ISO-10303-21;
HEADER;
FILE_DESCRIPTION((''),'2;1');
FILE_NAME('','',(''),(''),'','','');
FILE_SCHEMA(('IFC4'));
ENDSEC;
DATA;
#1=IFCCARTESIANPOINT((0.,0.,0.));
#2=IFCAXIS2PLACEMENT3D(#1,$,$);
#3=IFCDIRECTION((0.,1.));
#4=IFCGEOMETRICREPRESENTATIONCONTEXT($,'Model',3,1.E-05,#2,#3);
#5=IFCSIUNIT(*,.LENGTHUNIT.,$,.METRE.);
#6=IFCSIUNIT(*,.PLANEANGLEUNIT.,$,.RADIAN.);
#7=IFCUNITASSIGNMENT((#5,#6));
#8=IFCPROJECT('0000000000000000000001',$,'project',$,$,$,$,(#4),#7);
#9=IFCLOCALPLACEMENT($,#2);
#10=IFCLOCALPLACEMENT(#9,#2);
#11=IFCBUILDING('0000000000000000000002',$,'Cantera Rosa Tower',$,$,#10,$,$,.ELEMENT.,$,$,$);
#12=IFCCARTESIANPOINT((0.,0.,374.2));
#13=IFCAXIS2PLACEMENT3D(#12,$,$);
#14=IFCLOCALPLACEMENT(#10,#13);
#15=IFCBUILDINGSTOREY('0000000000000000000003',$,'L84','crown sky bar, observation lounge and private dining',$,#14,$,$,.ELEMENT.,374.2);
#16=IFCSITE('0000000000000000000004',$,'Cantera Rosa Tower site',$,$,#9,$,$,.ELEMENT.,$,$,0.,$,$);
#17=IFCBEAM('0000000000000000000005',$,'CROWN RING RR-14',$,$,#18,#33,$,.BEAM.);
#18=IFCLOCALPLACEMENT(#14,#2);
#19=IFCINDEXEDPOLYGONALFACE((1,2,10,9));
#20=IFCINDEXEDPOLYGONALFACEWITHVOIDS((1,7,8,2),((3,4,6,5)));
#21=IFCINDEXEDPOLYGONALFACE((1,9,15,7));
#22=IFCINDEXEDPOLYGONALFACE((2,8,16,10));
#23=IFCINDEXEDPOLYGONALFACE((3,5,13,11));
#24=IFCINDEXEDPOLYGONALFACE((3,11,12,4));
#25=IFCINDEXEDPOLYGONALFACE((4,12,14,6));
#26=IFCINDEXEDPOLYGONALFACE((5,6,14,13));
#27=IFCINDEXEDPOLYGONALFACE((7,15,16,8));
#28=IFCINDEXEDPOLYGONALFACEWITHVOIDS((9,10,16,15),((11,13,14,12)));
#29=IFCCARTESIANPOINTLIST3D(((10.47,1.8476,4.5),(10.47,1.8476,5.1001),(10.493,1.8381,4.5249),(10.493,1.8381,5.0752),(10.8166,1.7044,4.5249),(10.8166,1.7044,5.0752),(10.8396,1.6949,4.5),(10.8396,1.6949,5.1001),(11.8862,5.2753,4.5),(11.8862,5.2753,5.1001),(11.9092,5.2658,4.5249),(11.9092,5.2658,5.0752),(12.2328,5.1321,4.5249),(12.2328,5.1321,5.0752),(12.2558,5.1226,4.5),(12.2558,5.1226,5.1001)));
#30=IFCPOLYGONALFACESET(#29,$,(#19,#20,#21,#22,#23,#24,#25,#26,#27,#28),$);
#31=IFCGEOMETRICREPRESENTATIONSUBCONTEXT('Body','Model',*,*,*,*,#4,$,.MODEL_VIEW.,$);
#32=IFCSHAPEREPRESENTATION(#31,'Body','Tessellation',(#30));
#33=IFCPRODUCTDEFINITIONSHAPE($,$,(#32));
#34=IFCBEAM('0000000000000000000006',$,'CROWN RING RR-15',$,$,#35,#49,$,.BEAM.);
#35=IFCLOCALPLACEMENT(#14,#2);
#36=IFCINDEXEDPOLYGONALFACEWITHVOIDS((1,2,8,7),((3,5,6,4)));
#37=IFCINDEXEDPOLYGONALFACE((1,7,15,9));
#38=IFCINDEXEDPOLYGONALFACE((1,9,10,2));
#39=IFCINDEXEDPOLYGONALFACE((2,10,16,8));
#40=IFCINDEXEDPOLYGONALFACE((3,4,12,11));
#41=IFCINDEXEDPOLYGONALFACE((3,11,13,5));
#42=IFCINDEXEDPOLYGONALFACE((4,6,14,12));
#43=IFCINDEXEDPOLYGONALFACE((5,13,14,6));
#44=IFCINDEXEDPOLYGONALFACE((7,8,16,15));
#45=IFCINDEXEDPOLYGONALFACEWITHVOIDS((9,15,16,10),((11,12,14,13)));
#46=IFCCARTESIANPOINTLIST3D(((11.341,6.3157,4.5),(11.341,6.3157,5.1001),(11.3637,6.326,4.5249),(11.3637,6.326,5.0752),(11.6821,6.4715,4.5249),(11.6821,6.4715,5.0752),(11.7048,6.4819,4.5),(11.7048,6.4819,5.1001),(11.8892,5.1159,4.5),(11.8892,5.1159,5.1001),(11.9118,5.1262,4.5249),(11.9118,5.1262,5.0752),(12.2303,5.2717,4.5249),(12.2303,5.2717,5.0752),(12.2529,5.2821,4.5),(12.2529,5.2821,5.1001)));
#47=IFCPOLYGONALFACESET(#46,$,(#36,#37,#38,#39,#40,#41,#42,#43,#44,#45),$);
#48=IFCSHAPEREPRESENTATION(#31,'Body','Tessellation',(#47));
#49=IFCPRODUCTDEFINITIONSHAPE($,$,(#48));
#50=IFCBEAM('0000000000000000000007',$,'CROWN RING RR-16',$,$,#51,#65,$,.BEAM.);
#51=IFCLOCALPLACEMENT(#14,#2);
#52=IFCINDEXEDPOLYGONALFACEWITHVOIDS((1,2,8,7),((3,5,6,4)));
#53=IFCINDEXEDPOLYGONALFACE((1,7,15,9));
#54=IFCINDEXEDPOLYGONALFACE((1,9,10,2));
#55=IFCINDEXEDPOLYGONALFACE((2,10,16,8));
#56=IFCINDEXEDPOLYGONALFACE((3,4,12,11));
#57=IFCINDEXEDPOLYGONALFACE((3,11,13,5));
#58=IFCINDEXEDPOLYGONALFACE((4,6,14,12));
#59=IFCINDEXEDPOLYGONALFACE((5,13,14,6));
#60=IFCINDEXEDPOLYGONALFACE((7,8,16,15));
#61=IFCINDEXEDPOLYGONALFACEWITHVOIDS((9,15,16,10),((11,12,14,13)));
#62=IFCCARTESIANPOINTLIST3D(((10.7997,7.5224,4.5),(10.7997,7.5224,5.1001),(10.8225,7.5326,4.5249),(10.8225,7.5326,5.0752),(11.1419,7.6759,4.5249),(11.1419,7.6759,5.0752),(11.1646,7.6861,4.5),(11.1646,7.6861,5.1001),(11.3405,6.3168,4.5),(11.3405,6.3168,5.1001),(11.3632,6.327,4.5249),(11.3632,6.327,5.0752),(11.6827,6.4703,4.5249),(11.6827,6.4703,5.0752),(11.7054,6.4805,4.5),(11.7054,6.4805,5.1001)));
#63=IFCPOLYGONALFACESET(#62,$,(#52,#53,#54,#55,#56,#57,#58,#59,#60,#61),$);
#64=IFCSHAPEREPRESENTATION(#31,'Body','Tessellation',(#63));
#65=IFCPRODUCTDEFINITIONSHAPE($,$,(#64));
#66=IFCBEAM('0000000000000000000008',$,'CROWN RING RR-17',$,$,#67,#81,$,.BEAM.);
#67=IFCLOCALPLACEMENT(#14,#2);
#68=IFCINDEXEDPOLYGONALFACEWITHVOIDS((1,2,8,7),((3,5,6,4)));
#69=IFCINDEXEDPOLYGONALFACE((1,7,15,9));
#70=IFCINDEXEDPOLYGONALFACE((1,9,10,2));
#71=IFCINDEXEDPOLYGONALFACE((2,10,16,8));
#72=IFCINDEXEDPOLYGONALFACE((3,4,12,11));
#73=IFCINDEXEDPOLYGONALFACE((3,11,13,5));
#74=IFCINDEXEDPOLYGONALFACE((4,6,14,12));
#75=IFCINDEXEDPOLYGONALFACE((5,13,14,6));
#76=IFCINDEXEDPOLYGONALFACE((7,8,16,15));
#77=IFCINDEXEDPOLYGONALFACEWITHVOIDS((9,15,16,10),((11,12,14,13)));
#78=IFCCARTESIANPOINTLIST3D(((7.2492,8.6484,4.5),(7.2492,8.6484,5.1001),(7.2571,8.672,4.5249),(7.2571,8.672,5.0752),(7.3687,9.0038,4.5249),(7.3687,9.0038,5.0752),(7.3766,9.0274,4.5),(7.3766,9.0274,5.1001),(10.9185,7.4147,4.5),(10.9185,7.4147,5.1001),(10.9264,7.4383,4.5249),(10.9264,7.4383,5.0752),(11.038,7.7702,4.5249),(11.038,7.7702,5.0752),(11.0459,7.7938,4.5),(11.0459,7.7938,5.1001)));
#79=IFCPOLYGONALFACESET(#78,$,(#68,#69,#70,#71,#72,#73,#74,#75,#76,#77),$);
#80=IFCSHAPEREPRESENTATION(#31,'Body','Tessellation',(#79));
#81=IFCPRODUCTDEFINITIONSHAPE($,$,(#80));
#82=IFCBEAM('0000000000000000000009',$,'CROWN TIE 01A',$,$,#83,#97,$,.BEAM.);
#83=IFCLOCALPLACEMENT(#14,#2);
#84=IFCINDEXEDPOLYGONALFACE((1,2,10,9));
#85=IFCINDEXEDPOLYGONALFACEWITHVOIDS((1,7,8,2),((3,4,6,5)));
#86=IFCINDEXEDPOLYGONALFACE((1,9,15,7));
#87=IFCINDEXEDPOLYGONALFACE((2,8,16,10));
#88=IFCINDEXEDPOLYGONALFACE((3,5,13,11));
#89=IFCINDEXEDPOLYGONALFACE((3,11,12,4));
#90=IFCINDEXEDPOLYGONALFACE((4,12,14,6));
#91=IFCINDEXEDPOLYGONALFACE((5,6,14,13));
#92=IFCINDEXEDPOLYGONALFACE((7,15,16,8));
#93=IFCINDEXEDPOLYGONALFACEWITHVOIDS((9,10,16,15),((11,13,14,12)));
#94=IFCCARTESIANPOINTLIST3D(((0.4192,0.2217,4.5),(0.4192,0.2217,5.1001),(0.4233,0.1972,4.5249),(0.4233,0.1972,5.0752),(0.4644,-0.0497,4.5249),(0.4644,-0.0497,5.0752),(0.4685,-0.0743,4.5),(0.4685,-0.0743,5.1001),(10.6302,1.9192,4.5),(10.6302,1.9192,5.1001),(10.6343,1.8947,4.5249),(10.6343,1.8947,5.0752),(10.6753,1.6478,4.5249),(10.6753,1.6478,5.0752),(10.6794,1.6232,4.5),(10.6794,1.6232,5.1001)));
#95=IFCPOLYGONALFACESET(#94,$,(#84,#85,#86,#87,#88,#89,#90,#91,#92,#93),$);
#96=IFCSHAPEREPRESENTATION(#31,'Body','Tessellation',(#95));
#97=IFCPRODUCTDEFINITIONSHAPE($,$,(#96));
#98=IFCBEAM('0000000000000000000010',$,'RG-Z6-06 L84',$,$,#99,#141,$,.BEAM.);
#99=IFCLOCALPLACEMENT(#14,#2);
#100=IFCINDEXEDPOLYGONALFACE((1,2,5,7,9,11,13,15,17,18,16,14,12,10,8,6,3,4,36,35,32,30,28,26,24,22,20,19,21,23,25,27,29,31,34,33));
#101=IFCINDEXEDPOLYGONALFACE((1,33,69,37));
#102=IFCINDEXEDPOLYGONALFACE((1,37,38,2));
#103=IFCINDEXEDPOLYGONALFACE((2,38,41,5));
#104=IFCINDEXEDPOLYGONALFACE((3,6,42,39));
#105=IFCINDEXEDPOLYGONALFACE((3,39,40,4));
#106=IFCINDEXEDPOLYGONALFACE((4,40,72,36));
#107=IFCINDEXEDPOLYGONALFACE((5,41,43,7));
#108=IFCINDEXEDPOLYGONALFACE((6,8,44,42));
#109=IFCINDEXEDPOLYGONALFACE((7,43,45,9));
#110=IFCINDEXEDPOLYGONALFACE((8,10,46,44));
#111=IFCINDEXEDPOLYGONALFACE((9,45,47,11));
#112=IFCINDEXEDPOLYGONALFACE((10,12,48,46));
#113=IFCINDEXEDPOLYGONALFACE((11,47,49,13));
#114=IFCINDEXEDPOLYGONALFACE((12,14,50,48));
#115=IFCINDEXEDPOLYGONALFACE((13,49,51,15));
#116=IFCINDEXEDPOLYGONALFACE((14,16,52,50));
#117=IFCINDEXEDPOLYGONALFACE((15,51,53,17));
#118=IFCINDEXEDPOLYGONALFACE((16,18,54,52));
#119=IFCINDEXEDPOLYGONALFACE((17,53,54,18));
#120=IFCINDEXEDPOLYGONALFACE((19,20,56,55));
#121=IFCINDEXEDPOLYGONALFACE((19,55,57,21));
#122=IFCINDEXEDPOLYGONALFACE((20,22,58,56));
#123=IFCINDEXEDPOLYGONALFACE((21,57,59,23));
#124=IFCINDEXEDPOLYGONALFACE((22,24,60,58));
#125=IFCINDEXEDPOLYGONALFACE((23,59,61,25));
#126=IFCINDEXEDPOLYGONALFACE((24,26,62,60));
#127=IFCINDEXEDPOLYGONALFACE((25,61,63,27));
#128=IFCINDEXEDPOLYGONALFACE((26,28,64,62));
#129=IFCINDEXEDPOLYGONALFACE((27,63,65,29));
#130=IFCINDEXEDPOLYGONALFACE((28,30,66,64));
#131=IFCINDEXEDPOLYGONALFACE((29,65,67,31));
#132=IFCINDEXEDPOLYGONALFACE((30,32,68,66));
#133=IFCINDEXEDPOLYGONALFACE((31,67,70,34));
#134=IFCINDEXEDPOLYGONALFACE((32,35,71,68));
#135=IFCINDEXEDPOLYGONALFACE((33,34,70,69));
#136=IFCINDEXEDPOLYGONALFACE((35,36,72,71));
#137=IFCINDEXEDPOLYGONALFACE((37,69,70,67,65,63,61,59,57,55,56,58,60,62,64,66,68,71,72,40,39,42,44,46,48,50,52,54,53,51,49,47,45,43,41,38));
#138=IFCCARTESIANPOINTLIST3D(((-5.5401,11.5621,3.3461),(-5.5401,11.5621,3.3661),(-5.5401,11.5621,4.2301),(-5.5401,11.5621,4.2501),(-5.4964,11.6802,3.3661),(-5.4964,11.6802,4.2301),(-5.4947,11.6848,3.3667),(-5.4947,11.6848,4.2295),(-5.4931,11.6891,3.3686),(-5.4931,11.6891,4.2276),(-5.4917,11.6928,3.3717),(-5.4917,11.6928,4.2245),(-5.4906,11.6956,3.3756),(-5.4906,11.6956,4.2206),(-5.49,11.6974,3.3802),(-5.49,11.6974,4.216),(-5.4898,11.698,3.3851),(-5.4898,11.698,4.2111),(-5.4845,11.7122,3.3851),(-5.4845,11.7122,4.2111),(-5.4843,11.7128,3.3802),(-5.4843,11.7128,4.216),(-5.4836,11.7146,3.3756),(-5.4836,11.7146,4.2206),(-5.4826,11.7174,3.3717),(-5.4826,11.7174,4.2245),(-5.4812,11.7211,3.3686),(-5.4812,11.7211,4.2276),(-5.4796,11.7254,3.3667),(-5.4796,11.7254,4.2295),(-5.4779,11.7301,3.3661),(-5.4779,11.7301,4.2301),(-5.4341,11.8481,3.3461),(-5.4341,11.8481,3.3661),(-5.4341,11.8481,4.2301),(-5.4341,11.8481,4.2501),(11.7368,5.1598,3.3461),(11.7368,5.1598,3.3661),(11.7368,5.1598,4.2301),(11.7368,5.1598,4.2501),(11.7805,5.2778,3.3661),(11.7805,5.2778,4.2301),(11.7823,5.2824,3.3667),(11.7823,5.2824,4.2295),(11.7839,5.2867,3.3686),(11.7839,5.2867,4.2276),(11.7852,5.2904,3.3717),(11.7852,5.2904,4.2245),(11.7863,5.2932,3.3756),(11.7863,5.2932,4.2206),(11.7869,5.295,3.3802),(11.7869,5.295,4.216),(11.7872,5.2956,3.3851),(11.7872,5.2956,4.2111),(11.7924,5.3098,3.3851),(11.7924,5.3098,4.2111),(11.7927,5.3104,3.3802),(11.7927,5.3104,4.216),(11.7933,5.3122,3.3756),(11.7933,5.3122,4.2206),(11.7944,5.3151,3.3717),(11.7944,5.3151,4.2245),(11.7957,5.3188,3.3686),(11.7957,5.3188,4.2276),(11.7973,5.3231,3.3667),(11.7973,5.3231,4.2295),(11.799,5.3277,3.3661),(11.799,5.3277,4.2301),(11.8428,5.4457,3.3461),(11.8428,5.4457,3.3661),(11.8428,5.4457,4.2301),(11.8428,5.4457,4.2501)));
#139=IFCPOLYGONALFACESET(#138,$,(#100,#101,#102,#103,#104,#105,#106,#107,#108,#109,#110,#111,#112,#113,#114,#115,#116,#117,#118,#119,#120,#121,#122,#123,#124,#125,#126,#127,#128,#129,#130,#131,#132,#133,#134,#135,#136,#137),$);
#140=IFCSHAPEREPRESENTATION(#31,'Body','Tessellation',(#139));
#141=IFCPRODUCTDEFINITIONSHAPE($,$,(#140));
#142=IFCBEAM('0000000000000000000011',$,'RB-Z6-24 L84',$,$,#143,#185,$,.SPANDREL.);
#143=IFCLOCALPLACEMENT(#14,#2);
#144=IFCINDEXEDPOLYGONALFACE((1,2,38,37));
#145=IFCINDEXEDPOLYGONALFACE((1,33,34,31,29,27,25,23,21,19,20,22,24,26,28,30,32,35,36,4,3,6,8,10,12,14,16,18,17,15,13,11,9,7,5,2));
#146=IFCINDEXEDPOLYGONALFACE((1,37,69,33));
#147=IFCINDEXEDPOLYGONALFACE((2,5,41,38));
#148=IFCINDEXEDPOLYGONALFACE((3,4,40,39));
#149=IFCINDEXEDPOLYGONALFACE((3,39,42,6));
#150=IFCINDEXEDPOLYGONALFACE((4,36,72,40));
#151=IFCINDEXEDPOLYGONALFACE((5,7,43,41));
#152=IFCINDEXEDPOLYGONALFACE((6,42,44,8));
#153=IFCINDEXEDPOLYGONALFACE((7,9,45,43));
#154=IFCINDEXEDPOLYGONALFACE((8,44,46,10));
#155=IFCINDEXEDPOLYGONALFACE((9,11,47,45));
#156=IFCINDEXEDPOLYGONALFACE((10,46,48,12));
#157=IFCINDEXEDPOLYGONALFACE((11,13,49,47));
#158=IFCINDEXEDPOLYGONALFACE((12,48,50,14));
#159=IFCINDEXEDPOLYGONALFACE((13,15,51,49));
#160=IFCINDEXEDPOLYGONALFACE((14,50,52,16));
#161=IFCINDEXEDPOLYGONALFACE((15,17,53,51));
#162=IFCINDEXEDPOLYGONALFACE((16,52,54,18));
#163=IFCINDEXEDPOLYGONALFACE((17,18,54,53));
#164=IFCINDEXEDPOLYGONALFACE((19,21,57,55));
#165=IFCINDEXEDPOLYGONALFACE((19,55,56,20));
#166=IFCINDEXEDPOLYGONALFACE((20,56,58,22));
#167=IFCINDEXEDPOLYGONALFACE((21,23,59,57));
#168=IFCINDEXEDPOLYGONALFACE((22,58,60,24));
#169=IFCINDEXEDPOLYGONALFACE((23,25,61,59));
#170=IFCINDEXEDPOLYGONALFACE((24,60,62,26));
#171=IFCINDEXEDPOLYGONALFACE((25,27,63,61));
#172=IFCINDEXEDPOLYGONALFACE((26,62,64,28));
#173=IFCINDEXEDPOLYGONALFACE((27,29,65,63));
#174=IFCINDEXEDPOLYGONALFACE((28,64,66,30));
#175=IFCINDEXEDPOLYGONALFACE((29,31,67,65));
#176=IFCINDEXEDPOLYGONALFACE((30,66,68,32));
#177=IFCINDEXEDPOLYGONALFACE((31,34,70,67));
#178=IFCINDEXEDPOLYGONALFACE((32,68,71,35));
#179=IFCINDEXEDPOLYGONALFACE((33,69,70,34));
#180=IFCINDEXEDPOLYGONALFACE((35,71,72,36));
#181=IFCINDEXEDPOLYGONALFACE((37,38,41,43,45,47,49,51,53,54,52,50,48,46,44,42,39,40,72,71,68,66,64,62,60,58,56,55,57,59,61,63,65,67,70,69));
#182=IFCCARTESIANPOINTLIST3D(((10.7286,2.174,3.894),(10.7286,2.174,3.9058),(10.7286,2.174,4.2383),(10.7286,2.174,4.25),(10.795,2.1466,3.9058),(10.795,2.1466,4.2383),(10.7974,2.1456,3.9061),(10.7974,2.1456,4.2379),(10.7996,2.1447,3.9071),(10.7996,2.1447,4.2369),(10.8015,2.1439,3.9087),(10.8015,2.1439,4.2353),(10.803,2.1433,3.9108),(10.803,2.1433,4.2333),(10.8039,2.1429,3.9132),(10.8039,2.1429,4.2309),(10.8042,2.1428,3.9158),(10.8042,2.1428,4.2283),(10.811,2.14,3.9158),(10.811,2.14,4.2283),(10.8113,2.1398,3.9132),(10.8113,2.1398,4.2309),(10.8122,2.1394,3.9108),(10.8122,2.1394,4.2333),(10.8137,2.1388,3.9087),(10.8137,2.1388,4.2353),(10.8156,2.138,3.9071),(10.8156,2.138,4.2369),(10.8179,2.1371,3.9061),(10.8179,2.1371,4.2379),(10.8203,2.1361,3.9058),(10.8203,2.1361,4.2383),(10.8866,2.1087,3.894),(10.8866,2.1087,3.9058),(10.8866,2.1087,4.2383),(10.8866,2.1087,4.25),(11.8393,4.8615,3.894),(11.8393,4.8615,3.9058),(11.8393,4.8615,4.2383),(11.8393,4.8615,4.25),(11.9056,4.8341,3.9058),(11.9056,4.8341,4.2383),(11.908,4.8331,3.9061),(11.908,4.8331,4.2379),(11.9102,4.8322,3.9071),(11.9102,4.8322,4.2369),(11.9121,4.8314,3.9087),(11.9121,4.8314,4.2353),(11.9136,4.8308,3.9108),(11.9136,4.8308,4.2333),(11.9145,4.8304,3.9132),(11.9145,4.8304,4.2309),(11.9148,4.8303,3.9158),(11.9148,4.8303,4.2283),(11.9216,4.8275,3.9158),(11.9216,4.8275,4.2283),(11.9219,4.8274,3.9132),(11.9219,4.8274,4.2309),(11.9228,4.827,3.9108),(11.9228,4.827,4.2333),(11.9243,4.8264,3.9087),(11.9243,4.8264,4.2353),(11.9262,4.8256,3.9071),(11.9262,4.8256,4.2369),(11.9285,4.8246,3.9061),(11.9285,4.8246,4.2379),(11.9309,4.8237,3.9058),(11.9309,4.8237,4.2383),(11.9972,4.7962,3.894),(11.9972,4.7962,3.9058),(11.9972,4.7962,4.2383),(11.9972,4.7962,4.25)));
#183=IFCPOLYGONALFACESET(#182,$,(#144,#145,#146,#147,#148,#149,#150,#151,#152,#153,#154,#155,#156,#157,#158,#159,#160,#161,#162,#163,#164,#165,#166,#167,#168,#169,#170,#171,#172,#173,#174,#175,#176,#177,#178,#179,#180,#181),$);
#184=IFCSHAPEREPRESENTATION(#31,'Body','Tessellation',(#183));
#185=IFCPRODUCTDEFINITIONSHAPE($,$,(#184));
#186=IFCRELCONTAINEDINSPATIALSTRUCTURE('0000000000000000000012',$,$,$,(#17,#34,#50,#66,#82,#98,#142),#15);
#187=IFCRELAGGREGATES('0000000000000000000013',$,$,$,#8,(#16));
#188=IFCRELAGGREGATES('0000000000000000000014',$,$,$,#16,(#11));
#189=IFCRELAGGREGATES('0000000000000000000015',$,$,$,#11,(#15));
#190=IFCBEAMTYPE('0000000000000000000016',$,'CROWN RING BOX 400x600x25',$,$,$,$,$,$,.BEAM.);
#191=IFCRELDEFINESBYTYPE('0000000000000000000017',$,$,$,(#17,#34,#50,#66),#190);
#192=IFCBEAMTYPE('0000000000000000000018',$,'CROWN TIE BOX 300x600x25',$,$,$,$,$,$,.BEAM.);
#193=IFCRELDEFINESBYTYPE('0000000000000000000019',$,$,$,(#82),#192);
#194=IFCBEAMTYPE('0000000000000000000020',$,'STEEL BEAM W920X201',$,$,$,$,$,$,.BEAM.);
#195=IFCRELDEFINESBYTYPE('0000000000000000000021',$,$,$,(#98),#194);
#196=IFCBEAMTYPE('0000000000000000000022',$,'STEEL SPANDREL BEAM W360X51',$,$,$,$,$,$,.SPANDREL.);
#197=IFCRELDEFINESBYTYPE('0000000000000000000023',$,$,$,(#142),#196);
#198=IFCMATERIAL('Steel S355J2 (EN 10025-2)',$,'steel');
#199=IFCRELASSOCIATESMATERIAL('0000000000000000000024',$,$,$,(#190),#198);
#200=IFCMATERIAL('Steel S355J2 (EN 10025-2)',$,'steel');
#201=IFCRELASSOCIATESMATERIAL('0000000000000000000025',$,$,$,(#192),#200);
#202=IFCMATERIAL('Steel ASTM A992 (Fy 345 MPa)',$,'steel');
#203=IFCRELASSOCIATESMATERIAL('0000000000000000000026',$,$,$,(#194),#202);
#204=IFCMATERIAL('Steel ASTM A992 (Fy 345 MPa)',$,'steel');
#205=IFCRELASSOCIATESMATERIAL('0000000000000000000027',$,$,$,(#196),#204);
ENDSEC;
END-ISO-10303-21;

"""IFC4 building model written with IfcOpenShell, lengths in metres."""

from ifc_helpers import new_model, si_unit, direction, frame, origin, origin_2d, place, context, subcontext, project, spatial, hollow_rectangle, i_section, extrude, material, material_profile, profile_set, type_object, element, save


model = new_model("IFC4")

# Units and contexts
model_context = context("Model", 3, precision=1e-05, world=origin(), true_north=direction((0.0, 1.0)))
body_context = subcontext(model_context, "Body", "Model", "MODEL_VIEW")
ifc_project = project(units=[si_unit("LENGTHUNIT", "METRE"), si_unit("PLANEANGLEUNIT", "RADIAN")], contexts=[model_context])

# Site, building, storey
site_placement = place(None, origin())
site = spatial("IfcSite", under=ifc_project, at=site_placement, Name="Cantera Rosa Tower site", CompositionType="ELEMENT", RefElevation=0.0)
building_placement = place(site_placement, origin())
building = spatial("IfcBuilding", under=site, at=building_placement, Name="Cantera Rosa Tower", CompositionType="ELEMENT")
storey_placement = place(building_placement, frame((0.0, 0.0, 374.2)))
storey = spatial("IfcBuildingStorey", under=building, at=storey_placement, Name="L84", Description="crown sky bar, observation lounge and private dining", CompositionType="ELEMENT", Elevation=374.2)

# Beams
ifc_material_1 = material(Name="Steel S355J2 (EN 10025-2)", Category="steel")
ifc_material_profile_1 = material_profile(ifc_material_1, hollow_rectangle(XDim=0.3999, YDim=0.6001, WallThickness=0.0249, at=origin_2d()), Name="CROWN RING BOX 400x600x25")
ifc_profile_set_1 = profile_set([ifc_material_profile_1], Name="Steel S355J2 (EN 10025-2)")
beam_type_1 = type_object("IfcBeamType", Name="CROWN RING BOX 400x600x25", PredefinedType="BEAM", material=ifc_profile_set_1)
beam_1_placement = place(storey_placement, frame((10.6548, 1.7712, 4.8), z_axis=(0.381865, 0.924218, 0.0), x_axis=(-0.924218, 0.381865, 0.0)))
element("IfcBeam", 1, at=beam_1_placement, inside=storey, type_object=beam_type_1, Name="CROWN RING RR-14", PredefinedType="BEAM", context=body_context, shape_type="SweptSolid", body=[
    extrude(hollow_rectangle(XDim=0.3999, YDim=0.6001, WallThickness=0.0249, at=origin_2d()), origin(), (0.0, 0.0, 1.0), 3.7087),
])
beam_2_placement = place(storey_placement, frame((12.071, 5.199, 4.8), z_axis=(-0.415545, 0.909572, 0.0), x_axis=(-0.909572, -0.415545, 0.0)))
element("IfcBeam", 2, at=beam_2_placement, inside=storey, type_object=beam_type_1, Name="CROWN RING RR-15", PredefinedType="BEAM", context=body_context, shape_type="SweptSolid", body=[
    extrude(hollow_rectangle(XDim=0.3999, YDim=0.6001, WallThickness=0.0249, at=origin_2d()), origin(), (0.0, 0.0, 1.0), 1.3191),
])
beam_3_placement = place(storey_placement, frame((11.5229, 6.3987, 4.8), z_axis=(-0.409273, 0.912412, 0.0), x_axis=(-0.912412, -0.409273, 0.0)))
element("IfcBeam", 3, at=beam_3_placement, inside=storey, type_object=beam_type_1, Name="CROWN RING RR-16", PredefinedType="BEAM", context=body_context, shape_type="SweptSolid", body=[
    extrude(hollow_rectangle(XDim=0.3999, YDim=0.6001, WallThickness=0.0249, at=origin_2d()), origin(), (0.0, 0.0, 1.0), 1.3213),
])
beam_4_placement = place(storey_placement, frame((10.9822, 7.6042, 4.8), z_axis=(-0.94786, 0.318686, 0.0), x_axis=(-0.318686, -0.94786, 0.0)))
element("IfcBeam", 4, at=beam_4_placement, inside=storey, type_object=beam_type_1, Name="CROWN RING RR-17", PredefinedType="BEAM", context=body_context, shape_type="SweptSolid", body=[
    extrude(hollow_rectangle(XDim=0.3999, YDim=0.6001, WallThickness=0.0249, at=origin_2d()), origin(), (0.0, 0.0, 1.0), 3.8711),
])
ifc_material_2 = material(Name="Steel S355J2 (EN 10025-2)", Category="steel")
ifc_material_profile_2 = material_profile(ifc_material_2, hollow_rectangle(XDim=0.3, YDim=0.6001, WallThickness=0.0249, at=origin_2d()), Name="CROWN TIE BOX 300x600x25")
ifc_profile_set_2 = profile_set([ifc_material_profile_2], Name="Steel S355J2 (EN 10025-2)")
beam_type_2 = type_object("IfcBeamType", Name="CROWN TIE BOX 300x600x25", PredefinedType="BEAM", material=ifc_profile_set_2)
beam_5_placement = place(storey_placement, frame((10.6548, 1.7712, 4.8), z_axis=(-0.986461, -0.163994, 0.0), x_axis=(0.163994, -0.986461, 0.0)))
element("IfcBeam", 5, at=beam_5_placement, inside=storey, type_object=beam_type_2, Name="CROWN TIE 01A", PredefinedType="BEAM", context=body_context, shape_type="SweptSolid", body=[
    extrude(hollow_rectangle(XDim=0.3, YDim=0.6001, WallThickness=0.0249, at=origin_2d()), origin(), (0.0, 0.0, 1.0), 10.3511),
])
ifc_material_3 = material(Name="Steel ASTM A992 (Fy 345 MPa)", Category="steel")
ifc_material_profile_3 = material_profile(ifc_material_3, i_section(OverallWidth=0.3049, OverallDepth=0.9041, WebThickness=0.0151, FlangeThickness=0.02, FilletRadius=0.019, at=origin_2d()), Name="W920X201")
ifc_profile_set_3 = profile_set([ifc_material_profile_3], Name="Steel ASTM A992 (Fy 345 MPa)")
beam_type_3 = type_object("IfcBeamType", Name="STEEL BEAM W920X201", PredefinedType="BEAM", material=ifc_profile_set_3)
beam_6_placement = place(storey_placement, frame((11.7898, 5.3027, 3.7981), z_axis=(-0.937687, 0.347482, 0.0), x_axis=(-0.347482, -0.937687, 0.0)))
element("IfcBeam", 6, at=beam_6_placement, inside=storey, type_object=beam_type_3, Name="RG-Z6-06 L84", PredefinedType="BEAM", context=body_context, shape_type="SweptSolid", body=[
    extrude(i_section(OverallWidth=0.3049, OverallDepth=0.9041, WebThickness=0.0151, FlangeThickness=0.02, FilletRadius=0.019, at=origin_2d()), origin(), (0.0, 0.0, 1.0), 18.425),
])
ifc_material_4 = material(Name="Steel ASTM A992 (Fy 345 MPa)", Category="steel")
ifc_material_profile_4 = material_profile(ifc_material_4, i_section(OverallWidth=0.1709, OverallDepth=0.356, WebThickness=0.0073, FlangeThickness=0.0117, FilletRadius=0.01, at=origin_2d()), Name="W360X51")
ifc_profile_set_4 = profile_set([ifc_material_profile_4], Name="Steel ASTM A992 (Fy 345 MPa)")
beam_type_4 = type_object("IfcBeamType", Name="STEEL SPANDREL BEAM W360X51", PredefinedType="SPANDREL", material=ifc_profile_set_4)
beam_7_placement = place(storey_placement, frame((10.8076, 2.1414, 4.072), z_axis=(0.381919, 0.924196, 0.0), x_axis=(-0.924196, 0.381919, 0.0)))
element("IfcBeam", 7, at=beam_7_placement, inside=storey, type_object=beam_type_4, Name="RB-Z6-24 L84", PredefinedType="SPANDREL", context=body_context, shape_type="SweptSolid", body=[
    extrude(i_section(OverallWidth=0.1709, OverallDepth=0.356, WebThickness=0.0073, FlangeThickness=0.0117, FilletRadius=0.01, at=origin_2d()), origin(), (0.0, 0.0, 1.0), 2.908),
])

save(model, "model.ifc")
